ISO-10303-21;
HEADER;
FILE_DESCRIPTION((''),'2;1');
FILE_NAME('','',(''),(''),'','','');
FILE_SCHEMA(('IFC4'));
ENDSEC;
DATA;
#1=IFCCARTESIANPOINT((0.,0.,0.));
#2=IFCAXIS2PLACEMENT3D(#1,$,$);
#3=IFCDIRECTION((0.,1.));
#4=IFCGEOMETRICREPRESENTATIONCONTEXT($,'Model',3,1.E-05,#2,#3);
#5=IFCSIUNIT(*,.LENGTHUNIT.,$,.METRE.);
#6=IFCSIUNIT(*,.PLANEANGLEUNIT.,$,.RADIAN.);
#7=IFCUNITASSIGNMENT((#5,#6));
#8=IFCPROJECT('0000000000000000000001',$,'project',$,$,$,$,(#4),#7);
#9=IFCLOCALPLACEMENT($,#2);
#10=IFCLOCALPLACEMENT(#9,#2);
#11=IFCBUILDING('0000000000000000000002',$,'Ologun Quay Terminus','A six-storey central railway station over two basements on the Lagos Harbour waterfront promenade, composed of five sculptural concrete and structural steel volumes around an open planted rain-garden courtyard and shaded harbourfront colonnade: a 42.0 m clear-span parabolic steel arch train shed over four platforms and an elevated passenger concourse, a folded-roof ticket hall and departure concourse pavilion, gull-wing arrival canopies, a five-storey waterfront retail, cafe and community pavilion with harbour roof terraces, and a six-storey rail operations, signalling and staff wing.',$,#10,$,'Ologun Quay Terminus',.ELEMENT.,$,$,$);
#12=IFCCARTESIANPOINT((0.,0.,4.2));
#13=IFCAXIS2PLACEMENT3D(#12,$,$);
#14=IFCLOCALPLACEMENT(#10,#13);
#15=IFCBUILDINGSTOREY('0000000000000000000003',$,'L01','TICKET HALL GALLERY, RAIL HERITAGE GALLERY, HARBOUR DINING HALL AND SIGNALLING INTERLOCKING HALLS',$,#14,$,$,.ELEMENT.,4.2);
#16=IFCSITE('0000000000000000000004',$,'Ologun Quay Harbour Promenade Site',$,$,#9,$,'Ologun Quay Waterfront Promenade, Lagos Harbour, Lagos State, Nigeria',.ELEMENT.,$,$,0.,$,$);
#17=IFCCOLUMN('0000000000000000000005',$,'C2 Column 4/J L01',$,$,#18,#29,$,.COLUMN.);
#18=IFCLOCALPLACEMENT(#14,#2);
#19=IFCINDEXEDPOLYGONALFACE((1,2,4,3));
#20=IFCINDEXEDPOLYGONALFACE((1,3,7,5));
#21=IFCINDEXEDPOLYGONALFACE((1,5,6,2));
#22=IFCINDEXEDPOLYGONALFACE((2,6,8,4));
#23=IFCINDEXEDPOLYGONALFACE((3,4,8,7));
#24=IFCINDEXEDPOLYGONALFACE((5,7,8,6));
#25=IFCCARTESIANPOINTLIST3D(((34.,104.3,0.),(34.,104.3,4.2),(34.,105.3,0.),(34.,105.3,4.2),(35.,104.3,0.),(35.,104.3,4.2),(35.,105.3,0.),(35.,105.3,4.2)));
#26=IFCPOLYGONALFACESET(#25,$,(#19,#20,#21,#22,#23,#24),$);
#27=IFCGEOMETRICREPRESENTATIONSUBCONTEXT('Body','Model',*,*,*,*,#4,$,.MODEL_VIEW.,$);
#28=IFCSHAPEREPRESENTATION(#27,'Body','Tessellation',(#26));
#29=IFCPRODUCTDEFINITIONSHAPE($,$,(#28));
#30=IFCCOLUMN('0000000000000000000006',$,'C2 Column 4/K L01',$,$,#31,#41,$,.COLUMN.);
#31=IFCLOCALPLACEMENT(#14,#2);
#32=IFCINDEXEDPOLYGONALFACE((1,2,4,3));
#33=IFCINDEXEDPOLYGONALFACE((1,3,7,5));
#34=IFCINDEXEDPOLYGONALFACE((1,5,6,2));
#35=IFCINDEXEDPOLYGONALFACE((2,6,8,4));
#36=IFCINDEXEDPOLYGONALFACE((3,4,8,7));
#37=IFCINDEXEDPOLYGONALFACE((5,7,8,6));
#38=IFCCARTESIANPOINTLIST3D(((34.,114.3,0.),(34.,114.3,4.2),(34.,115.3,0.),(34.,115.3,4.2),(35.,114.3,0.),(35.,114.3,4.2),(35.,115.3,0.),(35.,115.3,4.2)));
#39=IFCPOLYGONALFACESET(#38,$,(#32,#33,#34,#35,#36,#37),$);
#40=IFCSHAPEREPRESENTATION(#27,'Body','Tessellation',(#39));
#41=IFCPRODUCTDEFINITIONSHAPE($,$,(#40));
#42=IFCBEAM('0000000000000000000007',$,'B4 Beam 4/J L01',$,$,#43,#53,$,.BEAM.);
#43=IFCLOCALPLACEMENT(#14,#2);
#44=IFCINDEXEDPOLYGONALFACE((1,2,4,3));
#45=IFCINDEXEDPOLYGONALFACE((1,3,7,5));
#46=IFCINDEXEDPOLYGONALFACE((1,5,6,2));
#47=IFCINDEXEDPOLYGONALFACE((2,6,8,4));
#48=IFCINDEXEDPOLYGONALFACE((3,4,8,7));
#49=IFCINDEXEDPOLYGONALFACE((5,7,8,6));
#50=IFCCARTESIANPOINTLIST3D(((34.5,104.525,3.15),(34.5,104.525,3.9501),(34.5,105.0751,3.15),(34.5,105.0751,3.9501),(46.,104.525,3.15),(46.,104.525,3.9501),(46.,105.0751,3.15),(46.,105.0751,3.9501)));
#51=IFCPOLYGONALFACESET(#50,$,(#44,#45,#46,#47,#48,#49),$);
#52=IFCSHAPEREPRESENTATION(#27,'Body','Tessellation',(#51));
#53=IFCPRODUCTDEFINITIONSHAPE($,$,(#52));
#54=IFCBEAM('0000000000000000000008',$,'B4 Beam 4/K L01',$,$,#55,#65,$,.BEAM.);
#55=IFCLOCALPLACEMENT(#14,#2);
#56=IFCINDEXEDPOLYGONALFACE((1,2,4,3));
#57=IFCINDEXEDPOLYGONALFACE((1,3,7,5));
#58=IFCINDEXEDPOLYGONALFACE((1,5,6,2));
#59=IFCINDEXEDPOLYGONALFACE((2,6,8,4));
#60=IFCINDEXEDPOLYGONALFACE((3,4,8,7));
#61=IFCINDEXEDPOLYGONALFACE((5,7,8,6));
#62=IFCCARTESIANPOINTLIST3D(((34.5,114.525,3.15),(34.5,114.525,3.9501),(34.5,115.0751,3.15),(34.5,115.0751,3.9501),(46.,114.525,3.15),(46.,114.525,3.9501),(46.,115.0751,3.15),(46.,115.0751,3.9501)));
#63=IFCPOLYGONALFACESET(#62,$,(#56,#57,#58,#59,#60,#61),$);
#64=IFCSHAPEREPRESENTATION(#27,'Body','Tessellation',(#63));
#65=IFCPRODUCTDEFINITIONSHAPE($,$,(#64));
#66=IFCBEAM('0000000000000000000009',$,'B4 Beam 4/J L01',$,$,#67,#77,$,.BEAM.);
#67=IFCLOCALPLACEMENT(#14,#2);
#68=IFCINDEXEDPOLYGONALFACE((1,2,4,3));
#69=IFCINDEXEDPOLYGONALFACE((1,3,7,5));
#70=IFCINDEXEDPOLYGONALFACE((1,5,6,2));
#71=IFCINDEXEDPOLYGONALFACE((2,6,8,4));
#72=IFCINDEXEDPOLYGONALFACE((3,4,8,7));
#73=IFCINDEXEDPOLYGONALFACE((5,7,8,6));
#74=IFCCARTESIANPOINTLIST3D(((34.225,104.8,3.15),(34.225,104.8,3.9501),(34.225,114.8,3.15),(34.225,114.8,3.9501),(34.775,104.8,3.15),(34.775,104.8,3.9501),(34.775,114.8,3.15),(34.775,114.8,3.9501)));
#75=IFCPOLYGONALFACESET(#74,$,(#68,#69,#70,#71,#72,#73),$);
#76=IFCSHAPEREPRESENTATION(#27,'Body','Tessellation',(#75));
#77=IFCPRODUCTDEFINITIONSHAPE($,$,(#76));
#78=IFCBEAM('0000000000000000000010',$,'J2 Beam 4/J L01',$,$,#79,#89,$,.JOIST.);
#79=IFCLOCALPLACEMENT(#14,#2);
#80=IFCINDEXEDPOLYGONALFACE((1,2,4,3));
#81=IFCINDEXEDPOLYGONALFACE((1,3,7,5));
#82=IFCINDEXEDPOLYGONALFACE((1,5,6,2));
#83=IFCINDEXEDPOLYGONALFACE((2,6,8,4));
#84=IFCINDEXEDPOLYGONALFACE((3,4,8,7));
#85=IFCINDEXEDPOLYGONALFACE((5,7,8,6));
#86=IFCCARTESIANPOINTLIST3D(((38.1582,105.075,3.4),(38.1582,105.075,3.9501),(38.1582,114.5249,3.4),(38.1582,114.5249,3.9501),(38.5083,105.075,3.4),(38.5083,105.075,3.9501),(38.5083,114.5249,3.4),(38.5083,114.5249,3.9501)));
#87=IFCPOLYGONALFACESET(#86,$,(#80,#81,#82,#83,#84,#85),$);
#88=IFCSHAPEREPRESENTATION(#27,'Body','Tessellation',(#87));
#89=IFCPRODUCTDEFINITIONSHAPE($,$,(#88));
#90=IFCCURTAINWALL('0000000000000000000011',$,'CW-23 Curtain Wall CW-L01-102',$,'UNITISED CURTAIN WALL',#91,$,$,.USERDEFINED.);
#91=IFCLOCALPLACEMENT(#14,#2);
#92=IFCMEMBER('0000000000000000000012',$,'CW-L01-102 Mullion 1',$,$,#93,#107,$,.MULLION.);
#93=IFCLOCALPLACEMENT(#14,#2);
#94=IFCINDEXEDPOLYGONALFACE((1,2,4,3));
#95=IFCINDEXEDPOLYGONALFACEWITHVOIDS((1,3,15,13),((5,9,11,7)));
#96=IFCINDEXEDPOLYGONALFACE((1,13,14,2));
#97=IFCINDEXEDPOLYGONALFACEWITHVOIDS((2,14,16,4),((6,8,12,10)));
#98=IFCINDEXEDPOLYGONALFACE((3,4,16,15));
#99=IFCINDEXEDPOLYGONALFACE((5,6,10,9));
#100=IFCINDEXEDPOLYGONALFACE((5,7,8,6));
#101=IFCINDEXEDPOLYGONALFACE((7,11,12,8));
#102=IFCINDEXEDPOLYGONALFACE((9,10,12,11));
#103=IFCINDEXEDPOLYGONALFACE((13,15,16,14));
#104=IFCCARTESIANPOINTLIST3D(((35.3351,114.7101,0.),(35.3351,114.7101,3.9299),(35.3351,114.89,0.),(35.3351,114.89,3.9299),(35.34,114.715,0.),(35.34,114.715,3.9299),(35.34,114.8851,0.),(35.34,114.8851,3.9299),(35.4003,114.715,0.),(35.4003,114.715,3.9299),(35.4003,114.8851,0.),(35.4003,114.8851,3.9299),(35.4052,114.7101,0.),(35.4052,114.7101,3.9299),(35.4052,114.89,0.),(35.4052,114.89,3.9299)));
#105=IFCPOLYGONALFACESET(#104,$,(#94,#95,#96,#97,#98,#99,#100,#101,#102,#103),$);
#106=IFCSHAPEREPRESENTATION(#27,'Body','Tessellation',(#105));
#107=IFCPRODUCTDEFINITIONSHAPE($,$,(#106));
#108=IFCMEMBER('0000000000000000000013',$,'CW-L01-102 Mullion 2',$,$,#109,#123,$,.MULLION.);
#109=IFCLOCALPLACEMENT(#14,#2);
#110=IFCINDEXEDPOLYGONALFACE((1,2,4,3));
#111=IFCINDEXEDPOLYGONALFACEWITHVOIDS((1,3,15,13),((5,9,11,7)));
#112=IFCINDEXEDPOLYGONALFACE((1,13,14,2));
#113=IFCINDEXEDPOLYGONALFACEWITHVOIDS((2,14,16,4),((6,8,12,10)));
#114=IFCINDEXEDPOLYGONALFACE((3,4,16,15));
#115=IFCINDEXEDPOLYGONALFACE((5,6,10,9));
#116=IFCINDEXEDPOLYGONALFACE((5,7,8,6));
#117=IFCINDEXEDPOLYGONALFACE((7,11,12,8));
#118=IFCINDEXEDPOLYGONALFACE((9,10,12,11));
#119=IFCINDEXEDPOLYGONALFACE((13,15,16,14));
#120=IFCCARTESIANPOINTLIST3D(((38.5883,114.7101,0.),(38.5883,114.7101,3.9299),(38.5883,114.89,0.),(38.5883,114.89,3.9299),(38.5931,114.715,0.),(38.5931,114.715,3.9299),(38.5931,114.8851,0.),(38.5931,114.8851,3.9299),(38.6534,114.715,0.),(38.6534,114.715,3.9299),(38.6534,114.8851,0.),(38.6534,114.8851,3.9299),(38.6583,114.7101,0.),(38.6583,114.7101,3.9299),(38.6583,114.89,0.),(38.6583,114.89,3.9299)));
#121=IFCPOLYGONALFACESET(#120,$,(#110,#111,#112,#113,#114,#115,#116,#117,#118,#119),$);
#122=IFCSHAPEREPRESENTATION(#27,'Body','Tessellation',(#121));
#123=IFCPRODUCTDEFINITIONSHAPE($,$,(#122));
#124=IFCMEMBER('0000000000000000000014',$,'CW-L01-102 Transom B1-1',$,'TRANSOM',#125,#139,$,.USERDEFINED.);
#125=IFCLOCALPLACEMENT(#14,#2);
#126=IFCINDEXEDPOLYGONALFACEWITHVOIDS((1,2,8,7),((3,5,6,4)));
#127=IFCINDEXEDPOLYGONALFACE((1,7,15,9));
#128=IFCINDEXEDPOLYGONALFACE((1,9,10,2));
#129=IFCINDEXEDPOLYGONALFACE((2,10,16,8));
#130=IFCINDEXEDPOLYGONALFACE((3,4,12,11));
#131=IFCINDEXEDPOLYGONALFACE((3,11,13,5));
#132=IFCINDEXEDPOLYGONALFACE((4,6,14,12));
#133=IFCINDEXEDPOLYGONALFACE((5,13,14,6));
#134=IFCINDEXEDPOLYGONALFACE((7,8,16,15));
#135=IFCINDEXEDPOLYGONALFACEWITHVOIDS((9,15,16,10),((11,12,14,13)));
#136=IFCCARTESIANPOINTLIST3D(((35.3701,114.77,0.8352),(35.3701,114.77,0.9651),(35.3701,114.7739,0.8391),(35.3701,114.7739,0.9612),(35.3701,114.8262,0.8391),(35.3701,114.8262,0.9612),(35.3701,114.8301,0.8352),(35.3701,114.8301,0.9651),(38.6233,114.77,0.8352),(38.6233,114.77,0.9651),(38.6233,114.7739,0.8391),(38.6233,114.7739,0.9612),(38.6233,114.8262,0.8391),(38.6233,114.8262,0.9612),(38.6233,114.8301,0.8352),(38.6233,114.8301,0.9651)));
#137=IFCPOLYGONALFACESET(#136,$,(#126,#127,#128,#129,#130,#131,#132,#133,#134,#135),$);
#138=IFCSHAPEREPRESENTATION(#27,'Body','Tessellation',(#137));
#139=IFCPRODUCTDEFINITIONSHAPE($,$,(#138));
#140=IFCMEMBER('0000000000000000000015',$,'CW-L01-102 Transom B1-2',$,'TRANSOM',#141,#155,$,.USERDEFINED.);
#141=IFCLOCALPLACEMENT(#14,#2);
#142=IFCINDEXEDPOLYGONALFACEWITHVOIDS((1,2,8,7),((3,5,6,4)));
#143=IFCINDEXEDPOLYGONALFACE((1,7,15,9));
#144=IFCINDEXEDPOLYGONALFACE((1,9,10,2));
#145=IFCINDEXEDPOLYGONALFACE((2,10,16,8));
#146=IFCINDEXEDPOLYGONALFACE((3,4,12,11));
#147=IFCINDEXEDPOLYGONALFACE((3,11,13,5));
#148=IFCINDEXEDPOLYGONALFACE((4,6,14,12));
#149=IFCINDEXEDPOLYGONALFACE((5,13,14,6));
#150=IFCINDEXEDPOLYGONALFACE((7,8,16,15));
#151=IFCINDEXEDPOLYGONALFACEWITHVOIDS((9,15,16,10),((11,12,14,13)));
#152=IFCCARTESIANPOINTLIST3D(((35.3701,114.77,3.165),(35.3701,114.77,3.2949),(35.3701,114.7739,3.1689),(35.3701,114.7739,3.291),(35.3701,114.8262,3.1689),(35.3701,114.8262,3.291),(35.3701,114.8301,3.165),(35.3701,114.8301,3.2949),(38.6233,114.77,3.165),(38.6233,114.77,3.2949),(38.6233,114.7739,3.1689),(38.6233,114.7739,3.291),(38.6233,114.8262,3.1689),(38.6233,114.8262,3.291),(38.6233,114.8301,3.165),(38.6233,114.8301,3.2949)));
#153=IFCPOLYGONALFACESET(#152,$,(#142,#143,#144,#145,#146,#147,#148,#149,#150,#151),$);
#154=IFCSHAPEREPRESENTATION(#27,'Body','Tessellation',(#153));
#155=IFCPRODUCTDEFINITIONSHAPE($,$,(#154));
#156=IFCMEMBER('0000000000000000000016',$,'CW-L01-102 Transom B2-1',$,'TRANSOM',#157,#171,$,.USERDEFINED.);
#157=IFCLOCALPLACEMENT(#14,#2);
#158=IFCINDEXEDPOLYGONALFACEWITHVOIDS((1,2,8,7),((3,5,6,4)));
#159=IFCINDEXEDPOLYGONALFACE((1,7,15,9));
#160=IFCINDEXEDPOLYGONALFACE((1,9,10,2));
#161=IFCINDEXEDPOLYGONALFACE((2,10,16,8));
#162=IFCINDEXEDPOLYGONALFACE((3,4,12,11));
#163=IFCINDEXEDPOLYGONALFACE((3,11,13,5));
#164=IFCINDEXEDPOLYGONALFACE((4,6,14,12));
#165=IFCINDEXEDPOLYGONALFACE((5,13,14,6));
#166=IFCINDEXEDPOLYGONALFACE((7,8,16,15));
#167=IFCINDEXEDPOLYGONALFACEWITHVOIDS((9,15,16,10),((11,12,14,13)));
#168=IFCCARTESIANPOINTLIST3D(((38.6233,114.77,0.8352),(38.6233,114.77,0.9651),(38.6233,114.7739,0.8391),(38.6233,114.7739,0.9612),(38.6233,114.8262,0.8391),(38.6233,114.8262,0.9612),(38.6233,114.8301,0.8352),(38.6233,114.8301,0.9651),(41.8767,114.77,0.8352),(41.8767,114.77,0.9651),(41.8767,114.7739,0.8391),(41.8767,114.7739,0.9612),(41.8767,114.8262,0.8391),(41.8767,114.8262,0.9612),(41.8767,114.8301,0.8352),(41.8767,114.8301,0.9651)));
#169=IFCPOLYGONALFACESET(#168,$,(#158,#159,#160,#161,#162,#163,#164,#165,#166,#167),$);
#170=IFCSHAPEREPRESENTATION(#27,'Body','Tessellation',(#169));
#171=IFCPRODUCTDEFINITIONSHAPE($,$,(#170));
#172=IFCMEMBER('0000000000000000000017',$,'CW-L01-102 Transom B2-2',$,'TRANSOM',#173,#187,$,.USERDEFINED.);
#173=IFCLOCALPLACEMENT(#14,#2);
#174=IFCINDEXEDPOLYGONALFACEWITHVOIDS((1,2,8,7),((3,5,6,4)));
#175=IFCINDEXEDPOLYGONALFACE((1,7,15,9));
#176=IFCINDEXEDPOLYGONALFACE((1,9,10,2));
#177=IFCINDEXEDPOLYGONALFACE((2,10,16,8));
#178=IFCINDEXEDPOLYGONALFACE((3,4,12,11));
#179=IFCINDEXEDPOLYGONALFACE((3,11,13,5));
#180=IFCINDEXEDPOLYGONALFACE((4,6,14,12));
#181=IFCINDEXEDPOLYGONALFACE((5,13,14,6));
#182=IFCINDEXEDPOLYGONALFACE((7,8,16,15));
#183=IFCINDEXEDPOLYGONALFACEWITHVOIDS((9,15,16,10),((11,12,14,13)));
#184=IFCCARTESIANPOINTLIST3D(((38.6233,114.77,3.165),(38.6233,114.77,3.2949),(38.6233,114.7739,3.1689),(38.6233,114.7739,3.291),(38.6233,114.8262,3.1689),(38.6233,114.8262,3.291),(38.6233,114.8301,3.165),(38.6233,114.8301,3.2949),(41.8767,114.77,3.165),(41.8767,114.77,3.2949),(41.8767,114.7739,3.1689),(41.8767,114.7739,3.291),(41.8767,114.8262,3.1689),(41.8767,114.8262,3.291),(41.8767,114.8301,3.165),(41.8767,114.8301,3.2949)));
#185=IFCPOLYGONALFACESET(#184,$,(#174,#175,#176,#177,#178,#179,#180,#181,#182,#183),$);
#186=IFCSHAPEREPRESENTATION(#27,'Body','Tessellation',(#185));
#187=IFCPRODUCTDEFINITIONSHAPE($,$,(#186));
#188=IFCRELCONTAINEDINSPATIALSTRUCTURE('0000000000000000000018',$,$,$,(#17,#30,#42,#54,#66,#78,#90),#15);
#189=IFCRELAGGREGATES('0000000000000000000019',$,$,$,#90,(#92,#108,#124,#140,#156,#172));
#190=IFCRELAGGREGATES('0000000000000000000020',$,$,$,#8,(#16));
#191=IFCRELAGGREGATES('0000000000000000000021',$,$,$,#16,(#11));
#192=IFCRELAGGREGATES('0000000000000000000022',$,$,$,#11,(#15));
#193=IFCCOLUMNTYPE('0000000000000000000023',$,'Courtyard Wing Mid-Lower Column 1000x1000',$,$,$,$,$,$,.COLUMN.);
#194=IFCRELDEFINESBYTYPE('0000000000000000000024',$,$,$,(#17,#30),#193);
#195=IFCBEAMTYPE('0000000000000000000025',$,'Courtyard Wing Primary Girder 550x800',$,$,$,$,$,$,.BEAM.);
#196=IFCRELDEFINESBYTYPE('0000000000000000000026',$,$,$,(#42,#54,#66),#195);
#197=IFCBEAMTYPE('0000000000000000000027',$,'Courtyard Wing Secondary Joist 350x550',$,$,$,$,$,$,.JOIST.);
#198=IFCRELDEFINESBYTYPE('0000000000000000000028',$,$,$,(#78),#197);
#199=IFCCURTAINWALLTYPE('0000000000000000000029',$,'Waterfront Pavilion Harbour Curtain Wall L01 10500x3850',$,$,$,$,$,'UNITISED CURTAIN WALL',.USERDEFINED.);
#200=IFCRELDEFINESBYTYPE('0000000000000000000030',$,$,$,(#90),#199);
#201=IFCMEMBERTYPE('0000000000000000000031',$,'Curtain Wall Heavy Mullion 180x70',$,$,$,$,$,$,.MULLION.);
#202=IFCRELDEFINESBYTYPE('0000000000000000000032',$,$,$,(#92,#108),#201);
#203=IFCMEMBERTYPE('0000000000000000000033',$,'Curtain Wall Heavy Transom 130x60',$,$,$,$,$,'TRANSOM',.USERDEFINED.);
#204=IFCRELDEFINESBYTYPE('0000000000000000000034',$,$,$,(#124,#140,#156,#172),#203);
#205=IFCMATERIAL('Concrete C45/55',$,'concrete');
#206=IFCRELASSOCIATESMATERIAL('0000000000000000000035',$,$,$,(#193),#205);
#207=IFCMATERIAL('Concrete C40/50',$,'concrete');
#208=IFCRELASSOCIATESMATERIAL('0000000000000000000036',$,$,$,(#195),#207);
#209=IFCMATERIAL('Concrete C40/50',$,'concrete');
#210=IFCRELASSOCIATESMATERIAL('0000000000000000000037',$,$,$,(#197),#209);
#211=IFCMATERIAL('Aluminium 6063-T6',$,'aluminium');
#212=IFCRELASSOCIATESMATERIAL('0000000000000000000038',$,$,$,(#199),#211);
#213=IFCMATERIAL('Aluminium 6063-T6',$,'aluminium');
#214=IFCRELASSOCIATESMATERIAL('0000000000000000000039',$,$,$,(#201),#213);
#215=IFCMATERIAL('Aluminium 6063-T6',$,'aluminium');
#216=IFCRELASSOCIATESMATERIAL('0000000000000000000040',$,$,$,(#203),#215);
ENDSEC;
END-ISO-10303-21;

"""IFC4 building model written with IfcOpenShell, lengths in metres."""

from ifc_helpers import new_model, si_unit, direction, frame, origin, origin_2d, place, context, subcontext, project, spatial, rectangle, hollow_rectangle, extrude, material, material_profile, profile_set, type_object, element, aggregate, save


model = new_model("IFC4")

# Units and contexts
model_context = context("Model", 3, precision=1e-05, world=origin(), true_north=direction((0.0, 1.0)))
body_context = subcontext(model_context, "Body", "Model", "MODEL_VIEW")
ifc_project = project(units=[si_unit("LENGTHUNIT", "METRE"), si_unit("PLANEANGLEUNIT", "RADIAN")], contexts=[model_context])

# Site, building, storey
site_placement = place(None, origin())
site = spatial("IfcSite", under=ifc_project, at=site_placement, Name="Ologun Quay Harbour Promenade Site", LongName="Ologun Quay Waterfront Promenade, Lagos Harbour, Lagos State, Nigeria", CompositionType="ELEMENT", RefElevation=0.0)
building_placement = place(site_placement, origin())
building = spatial("IfcBuilding", under=site, at=building_placement, Name="Ologun Quay Terminus", Description="A six-storey central railway station over two basements on the Lagos Harbour waterfront promenade, composed of five sculptural concrete and structural steel volumes around an open planted rain-garden courtyard and shaded harbourfront colonnade: a 42.0 m clear-span parabolic steel arch train shed over four platforms and an elevated passenger concourse, a folded-roof ticket hall and departure concourse pavilion, gull-wing arrival canopies, a five-storey waterfront retail, cafe and community pavilion with harbour roof terraces, and a six-storey rail operations, signalling and staff wing.", LongName="Ologun Quay Terminus", CompositionType="ELEMENT")
storey_placement = place(building_placement, frame((0.0, 0.0, 4.2)))
storey = spatial("IfcBuildingStorey", under=building, at=storey_placement, Name="L01", Description="TICKET HALL GALLERY, RAIL HERITAGE GALLERY, HARBOUR DINING HALL AND SIGNALLING INTERLOCKING HALLS", CompositionType="ELEMENT", Elevation=4.2)

# Columns
ifc_material_1 = material(Name="Concrete C45/55", Category="concrete")
ifc_material_profile_1 = material_profile(ifc_material_1, rectangle(XDim=1.0, YDim=1.0, at=origin_2d()), Name="RC 1000x1000")
ifc_profile_set_1 = profile_set([ifc_material_profile_1], Name="Concrete C45/55")
column_type = type_object("IfcColumnType", Name="Courtyard Wing Mid-Lower Column 1000x1000", PredefinedType="COLUMN", material=ifc_profile_set_1)
for number, where, z_axis, x_axis, name in (
    (1, (34.5, 104.8, 0.0), (0.0, 0.0, 1.0), (1.0, 0.0, 0.0), "C2 Column 4/J L01"),
    (2, (34.5, 114.8, 0.0), (0.0, 0.0, 1.0), (1.0, 0.0, 0.0), "C2 Column 4/K L01"),
):
    element("IfcColumn", number, at=place(storey_placement, frame(where, z_axis=z_axis, x_axis=x_axis)), inside=storey, type_object=column_type, Name=name, PredefinedType="COLUMN", context=body_context, shape_type="SweptSolid", body=[
        extrude(rectangle(XDim=1.0, YDim=1.0, at=origin_2d()), origin(), (0.0, 0.0, 1.0), 4.2),
    ])

# Beams
ifc_material_2 = material(Name="Concrete C40/50", Category="concrete")
ifc_material_profile_2 = material_profile(ifc_material_2, rectangle(XDim=0.55, YDim=0.8, at=origin_2d()), Name="RC 550x800")
ifc_profile_set_2 = profile_set([ifc_material_profile_2], Name="Concrete C40/50")
beam_type_1 = type_object("IfcBeamType", Name="Courtyard Wing Primary Girder 550x800", PredefinedType="BEAM", material=ifc_profile_set_2)
for number, where, z_axis, x_axis, name in (
    (3, (34.5, 104.8, 3.55), (1.0, 0.0, 0.0), (0.0, 1.0, 0.0), "B4 Beam 4/J L01"),
    (4, (34.5, 114.8, 3.55), (1.0, 0.0, 0.0), (0.0, 1.0, 0.0), "B4 Beam 4/K L01"),
):
    element("IfcBeam", number, at=place(storey_placement, frame(where, z_axis=z_axis, x_axis=x_axis)), inside=storey, type_object=beam_type_1, Name=name, PredefinedType="BEAM", context=body_context, shape_type="SweptSolid", body=[
        extrude(rectangle(XDim=0.55, YDim=0.8, at=origin_2d()), origin(), (0.0, 0.0, 1.0), 11.5),
    ])
beam_1_placement = place(storey_placement, frame((34.5, 104.8, 3.55), z_axis=(0.0, 1.0, 0.0), x_axis=(-1.0, 0.0, 0.0)))
element("IfcBeam", 5, at=beam_1_placement, inside=storey, type_object=beam_type_1, Name="B4 Beam 4/J L01", PredefinedType="BEAM", context=body_context, shape_type="SweptSolid", body=[
    extrude(rectangle(XDim=0.55, YDim=0.8, at=origin_2d()), origin(), (0.0, 0.0, 1.0), 10.0),
])
ifc_material_3 = material(Name="Concrete C40/50", Category="concrete")
ifc_material_profile_3 = material_profile(ifc_material_3, rectangle(XDim=0.3501, YDim=0.55, at=origin_2d()), Name="RC 350x550")
ifc_profile_set_3 = profile_set([ifc_material_profile_3], Name="Concrete C40/50")
beam_type_2 = type_object("IfcBeamType", Name="Courtyard Wing Secondary Joist 350x550", PredefinedType="JOIST", material=ifc_profile_set_3)
beam_2_placement = place(storey_placement, frame((38.3333, 105.075, 3.675), z_axis=(0.0, 1.0, 0.0), x_axis=(-1.0, 0.0, 0.0)))
element("IfcBeam", 6, at=beam_2_placement, inside=storey, type_object=beam_type_2, Name="J2 Beam 4/J L01", PredefinedType="JOIST", context=body_context, shape_type="SweptSolid", body=[
    extrude(rectangle(XDim=0.3501, YDim=0.55, at=origin_2d()), origin(), (0.0, 0.0, 1.0), 9.45),
])

# Curtain wall, members
ifc_material_4 = material(Name="Aluminium 6063-T6", Category="aluminium")
curtain_wall_type = type_object("IfcCurtainWallType", Name="Waterfront Pavilion Harbour Curtain Wall L01 10500x3850", ElementType="UNITISED CURTAIN WALL", PredefinedType="USERDEFINED", material=ifc_material_4)
curtain_wall_placement = place(storey_placement, origin())
curtain_wall = element("IfcCurtainWall", 7, at=curtain_wall_placement, inside=storey, type_object=curtain_wall_type, Name="CW-23 Curtain Wall CW-L01-102", ObjectType="UNITISED CURTAIN WALL", PredefinedType="USERDEFINED")
ifc_material_5 = material(Name="Aluminium 6063-T6", Category="aluminium")
ifc_material_profile_4 = material_profile(ifc_material_5, hollow_rectangle(XDim=0.0701, YDim=0.1799, WallThickness=0.0049, at=origin_2d()), Name="ALU 180x70x5")
ifc_profile_set_4 = profile_set([ifc_material_profile_4], Name="Aluminium 6063-T6")
member_type_1 = type_object("IfcMemberType", Name="Curtain Wall Heavy Mullion 180x70", PredefinedType="MULLION", material=ifc_profile_set_4)
member_1_placement = place(storey_placement, frame((35.3701, 114.8, 0.0), z_axis=(0.0, 0.0, 1.0), x_axis=(1.0, 0.0, 0.0)))
member_1 = element("IfcMember", 8, at=member_1_placement, type_object=member_type_1, Name="CW-L01-102 Mullion 1", PredefinedType="MULLION", context=body_context, shape_type="SweptSolid", body=[
    extrude(hollow_rectangle(XDim=0.0701, YDim=0.1799, WallThickness=0.0049, at=origin_2d()), origin(), (0.0, 0.0, 1.0), 3.9299),
])
member_2_placement = place(storey_placement, frame((38.6233, 114.8, 0.0), z_axis=(0.0, 0.0, 1.0), x_axis=(1.0, 0.0, 0.0)))
member_2 = element("IfcMember", 9, at=member_2_placement, type_object=member_type_1, Name="CW-L01-102 Mullion 2", PredefinedType="MULLION", context=body_context, shape_type="SweptSolid", body=[
    extrude(hollow_rectangle(XDim=0.0701, YDim=0.1799, WallThickness=0.0049, at=origin_2d()), origin(), (0.0, 0.0, 1.0), 3.9299),
])
ifc_material_6 = material(Name="Aluminium 6063-T6", Category="aluminium")
ifc_material_profile_5 = material_profile(ifc_material_6, hollow_rectangle(XDim=0.0601, YDim=0.1299, WallThickness=0.0039, at=origin_2d()), Name="ALU 130x60x4")
ifc_profile_set_5 = profile_set([ifc_material_profile_5], Name="Aluminium 6063-T6")
member_type_2 = type_object("IfcMemberType", Name="Curtain Wall Heavy Transom 130x60", ElementType="TRANSOM", PredefinedType="USERDEFINED", material=ifc_profile_set_5)
member_3_placement = place(storey_placement, frame((35.3701, 114.8, 0.9001), z_axis=(1.0, 0.0, 0.0), x_axis=(0.0, 1.0, 0.0)))
member_3 = element("IfcMember", 10, at=member_3_placement, type_object=member_type_2, Name="CW-L01-102 Transom B1-1", ObjectType="TRANSOM", PredefinedType="USERDEFINED", context=body_context, shape_type="SweptSolid", body=[
    extrude(hollow_rectangle(XDim=0.0601, YDim=0.1299, WallThickness=0.0039, at=origin_2d()), origin(), (0.0, 0.0, 1.0), 3.2532),
])
member_4_placement = place(storey_placement, frame((35.3701, 114.8, 3.23), z_axis=(1.0, 0.0, 0.0), x_axis=(0.0, 1.0, 0.0)))
member_4 = element("IfcMember", 11, at=member_4_placement, type_object=member_type_2, Name="CW-L01-102 Transom B1-2", ObjectType="TRANSOM", PredefinedType="USERDEFINED", context=body_context, shape_type="SweptSolid", body=[
    extrude(hollow_rectangle(XDim=0.0601, YDim=0.1299, WallThickness=0.0039, at=origin_2d()), origin(), (0.0, 0.0, 1.0), 3.2532),
])
member_5_placement = place(storey_placement, frame((38.6233, 114.8, 0.9001), z_axis=(1.0, 0.0, 0.0), x_axis=(0.0, 1.0, 0.0)))
member_5 = element("IfcMember", 12, at=member_5_placement, type_object=member_type_2, Name="CW-L01-102 Transom B2-1", ObjectType="TRANSOM", PredefinedType="USERDEFINED", context=body_context, shape_type="SweptSolid", body=[
    extrude(hollow_rectangle(XDim=0.0601, YDim=0.1299, WallThickness=0.0039, at=origin_2d()), origin(), (0.0, 0.0, 1.0), 3.2534),
])
member_6_placement = place(storey_placement, frame((38.6233, 114.8, 3.23), z_axis=(1.0, 0.0, 0.0), x_axis=(0.0, 1.0, 0.0)))
member_6 = element("IfcMember", 13, at=member_6_placement, type_object=member_type_2, Name="CW-L01-102 Transom B2-2", ObjectType="TRANSOM", PredefinedType="USERDEFINED", context=body_context, shape_type="SweptSolid", body=[
    extrude(hollow_rectangle(XDim=0.0601, YDim=0.1299, WallThickness=0.0039, at=origin_2d()), origin(), (0.0, 0.0, 1.0), 3.2534),
])

aggregate(curtain_wall, [member_1, member_2, member_3, member_4, member_5, member_6])

save(model, "model.ifc")
